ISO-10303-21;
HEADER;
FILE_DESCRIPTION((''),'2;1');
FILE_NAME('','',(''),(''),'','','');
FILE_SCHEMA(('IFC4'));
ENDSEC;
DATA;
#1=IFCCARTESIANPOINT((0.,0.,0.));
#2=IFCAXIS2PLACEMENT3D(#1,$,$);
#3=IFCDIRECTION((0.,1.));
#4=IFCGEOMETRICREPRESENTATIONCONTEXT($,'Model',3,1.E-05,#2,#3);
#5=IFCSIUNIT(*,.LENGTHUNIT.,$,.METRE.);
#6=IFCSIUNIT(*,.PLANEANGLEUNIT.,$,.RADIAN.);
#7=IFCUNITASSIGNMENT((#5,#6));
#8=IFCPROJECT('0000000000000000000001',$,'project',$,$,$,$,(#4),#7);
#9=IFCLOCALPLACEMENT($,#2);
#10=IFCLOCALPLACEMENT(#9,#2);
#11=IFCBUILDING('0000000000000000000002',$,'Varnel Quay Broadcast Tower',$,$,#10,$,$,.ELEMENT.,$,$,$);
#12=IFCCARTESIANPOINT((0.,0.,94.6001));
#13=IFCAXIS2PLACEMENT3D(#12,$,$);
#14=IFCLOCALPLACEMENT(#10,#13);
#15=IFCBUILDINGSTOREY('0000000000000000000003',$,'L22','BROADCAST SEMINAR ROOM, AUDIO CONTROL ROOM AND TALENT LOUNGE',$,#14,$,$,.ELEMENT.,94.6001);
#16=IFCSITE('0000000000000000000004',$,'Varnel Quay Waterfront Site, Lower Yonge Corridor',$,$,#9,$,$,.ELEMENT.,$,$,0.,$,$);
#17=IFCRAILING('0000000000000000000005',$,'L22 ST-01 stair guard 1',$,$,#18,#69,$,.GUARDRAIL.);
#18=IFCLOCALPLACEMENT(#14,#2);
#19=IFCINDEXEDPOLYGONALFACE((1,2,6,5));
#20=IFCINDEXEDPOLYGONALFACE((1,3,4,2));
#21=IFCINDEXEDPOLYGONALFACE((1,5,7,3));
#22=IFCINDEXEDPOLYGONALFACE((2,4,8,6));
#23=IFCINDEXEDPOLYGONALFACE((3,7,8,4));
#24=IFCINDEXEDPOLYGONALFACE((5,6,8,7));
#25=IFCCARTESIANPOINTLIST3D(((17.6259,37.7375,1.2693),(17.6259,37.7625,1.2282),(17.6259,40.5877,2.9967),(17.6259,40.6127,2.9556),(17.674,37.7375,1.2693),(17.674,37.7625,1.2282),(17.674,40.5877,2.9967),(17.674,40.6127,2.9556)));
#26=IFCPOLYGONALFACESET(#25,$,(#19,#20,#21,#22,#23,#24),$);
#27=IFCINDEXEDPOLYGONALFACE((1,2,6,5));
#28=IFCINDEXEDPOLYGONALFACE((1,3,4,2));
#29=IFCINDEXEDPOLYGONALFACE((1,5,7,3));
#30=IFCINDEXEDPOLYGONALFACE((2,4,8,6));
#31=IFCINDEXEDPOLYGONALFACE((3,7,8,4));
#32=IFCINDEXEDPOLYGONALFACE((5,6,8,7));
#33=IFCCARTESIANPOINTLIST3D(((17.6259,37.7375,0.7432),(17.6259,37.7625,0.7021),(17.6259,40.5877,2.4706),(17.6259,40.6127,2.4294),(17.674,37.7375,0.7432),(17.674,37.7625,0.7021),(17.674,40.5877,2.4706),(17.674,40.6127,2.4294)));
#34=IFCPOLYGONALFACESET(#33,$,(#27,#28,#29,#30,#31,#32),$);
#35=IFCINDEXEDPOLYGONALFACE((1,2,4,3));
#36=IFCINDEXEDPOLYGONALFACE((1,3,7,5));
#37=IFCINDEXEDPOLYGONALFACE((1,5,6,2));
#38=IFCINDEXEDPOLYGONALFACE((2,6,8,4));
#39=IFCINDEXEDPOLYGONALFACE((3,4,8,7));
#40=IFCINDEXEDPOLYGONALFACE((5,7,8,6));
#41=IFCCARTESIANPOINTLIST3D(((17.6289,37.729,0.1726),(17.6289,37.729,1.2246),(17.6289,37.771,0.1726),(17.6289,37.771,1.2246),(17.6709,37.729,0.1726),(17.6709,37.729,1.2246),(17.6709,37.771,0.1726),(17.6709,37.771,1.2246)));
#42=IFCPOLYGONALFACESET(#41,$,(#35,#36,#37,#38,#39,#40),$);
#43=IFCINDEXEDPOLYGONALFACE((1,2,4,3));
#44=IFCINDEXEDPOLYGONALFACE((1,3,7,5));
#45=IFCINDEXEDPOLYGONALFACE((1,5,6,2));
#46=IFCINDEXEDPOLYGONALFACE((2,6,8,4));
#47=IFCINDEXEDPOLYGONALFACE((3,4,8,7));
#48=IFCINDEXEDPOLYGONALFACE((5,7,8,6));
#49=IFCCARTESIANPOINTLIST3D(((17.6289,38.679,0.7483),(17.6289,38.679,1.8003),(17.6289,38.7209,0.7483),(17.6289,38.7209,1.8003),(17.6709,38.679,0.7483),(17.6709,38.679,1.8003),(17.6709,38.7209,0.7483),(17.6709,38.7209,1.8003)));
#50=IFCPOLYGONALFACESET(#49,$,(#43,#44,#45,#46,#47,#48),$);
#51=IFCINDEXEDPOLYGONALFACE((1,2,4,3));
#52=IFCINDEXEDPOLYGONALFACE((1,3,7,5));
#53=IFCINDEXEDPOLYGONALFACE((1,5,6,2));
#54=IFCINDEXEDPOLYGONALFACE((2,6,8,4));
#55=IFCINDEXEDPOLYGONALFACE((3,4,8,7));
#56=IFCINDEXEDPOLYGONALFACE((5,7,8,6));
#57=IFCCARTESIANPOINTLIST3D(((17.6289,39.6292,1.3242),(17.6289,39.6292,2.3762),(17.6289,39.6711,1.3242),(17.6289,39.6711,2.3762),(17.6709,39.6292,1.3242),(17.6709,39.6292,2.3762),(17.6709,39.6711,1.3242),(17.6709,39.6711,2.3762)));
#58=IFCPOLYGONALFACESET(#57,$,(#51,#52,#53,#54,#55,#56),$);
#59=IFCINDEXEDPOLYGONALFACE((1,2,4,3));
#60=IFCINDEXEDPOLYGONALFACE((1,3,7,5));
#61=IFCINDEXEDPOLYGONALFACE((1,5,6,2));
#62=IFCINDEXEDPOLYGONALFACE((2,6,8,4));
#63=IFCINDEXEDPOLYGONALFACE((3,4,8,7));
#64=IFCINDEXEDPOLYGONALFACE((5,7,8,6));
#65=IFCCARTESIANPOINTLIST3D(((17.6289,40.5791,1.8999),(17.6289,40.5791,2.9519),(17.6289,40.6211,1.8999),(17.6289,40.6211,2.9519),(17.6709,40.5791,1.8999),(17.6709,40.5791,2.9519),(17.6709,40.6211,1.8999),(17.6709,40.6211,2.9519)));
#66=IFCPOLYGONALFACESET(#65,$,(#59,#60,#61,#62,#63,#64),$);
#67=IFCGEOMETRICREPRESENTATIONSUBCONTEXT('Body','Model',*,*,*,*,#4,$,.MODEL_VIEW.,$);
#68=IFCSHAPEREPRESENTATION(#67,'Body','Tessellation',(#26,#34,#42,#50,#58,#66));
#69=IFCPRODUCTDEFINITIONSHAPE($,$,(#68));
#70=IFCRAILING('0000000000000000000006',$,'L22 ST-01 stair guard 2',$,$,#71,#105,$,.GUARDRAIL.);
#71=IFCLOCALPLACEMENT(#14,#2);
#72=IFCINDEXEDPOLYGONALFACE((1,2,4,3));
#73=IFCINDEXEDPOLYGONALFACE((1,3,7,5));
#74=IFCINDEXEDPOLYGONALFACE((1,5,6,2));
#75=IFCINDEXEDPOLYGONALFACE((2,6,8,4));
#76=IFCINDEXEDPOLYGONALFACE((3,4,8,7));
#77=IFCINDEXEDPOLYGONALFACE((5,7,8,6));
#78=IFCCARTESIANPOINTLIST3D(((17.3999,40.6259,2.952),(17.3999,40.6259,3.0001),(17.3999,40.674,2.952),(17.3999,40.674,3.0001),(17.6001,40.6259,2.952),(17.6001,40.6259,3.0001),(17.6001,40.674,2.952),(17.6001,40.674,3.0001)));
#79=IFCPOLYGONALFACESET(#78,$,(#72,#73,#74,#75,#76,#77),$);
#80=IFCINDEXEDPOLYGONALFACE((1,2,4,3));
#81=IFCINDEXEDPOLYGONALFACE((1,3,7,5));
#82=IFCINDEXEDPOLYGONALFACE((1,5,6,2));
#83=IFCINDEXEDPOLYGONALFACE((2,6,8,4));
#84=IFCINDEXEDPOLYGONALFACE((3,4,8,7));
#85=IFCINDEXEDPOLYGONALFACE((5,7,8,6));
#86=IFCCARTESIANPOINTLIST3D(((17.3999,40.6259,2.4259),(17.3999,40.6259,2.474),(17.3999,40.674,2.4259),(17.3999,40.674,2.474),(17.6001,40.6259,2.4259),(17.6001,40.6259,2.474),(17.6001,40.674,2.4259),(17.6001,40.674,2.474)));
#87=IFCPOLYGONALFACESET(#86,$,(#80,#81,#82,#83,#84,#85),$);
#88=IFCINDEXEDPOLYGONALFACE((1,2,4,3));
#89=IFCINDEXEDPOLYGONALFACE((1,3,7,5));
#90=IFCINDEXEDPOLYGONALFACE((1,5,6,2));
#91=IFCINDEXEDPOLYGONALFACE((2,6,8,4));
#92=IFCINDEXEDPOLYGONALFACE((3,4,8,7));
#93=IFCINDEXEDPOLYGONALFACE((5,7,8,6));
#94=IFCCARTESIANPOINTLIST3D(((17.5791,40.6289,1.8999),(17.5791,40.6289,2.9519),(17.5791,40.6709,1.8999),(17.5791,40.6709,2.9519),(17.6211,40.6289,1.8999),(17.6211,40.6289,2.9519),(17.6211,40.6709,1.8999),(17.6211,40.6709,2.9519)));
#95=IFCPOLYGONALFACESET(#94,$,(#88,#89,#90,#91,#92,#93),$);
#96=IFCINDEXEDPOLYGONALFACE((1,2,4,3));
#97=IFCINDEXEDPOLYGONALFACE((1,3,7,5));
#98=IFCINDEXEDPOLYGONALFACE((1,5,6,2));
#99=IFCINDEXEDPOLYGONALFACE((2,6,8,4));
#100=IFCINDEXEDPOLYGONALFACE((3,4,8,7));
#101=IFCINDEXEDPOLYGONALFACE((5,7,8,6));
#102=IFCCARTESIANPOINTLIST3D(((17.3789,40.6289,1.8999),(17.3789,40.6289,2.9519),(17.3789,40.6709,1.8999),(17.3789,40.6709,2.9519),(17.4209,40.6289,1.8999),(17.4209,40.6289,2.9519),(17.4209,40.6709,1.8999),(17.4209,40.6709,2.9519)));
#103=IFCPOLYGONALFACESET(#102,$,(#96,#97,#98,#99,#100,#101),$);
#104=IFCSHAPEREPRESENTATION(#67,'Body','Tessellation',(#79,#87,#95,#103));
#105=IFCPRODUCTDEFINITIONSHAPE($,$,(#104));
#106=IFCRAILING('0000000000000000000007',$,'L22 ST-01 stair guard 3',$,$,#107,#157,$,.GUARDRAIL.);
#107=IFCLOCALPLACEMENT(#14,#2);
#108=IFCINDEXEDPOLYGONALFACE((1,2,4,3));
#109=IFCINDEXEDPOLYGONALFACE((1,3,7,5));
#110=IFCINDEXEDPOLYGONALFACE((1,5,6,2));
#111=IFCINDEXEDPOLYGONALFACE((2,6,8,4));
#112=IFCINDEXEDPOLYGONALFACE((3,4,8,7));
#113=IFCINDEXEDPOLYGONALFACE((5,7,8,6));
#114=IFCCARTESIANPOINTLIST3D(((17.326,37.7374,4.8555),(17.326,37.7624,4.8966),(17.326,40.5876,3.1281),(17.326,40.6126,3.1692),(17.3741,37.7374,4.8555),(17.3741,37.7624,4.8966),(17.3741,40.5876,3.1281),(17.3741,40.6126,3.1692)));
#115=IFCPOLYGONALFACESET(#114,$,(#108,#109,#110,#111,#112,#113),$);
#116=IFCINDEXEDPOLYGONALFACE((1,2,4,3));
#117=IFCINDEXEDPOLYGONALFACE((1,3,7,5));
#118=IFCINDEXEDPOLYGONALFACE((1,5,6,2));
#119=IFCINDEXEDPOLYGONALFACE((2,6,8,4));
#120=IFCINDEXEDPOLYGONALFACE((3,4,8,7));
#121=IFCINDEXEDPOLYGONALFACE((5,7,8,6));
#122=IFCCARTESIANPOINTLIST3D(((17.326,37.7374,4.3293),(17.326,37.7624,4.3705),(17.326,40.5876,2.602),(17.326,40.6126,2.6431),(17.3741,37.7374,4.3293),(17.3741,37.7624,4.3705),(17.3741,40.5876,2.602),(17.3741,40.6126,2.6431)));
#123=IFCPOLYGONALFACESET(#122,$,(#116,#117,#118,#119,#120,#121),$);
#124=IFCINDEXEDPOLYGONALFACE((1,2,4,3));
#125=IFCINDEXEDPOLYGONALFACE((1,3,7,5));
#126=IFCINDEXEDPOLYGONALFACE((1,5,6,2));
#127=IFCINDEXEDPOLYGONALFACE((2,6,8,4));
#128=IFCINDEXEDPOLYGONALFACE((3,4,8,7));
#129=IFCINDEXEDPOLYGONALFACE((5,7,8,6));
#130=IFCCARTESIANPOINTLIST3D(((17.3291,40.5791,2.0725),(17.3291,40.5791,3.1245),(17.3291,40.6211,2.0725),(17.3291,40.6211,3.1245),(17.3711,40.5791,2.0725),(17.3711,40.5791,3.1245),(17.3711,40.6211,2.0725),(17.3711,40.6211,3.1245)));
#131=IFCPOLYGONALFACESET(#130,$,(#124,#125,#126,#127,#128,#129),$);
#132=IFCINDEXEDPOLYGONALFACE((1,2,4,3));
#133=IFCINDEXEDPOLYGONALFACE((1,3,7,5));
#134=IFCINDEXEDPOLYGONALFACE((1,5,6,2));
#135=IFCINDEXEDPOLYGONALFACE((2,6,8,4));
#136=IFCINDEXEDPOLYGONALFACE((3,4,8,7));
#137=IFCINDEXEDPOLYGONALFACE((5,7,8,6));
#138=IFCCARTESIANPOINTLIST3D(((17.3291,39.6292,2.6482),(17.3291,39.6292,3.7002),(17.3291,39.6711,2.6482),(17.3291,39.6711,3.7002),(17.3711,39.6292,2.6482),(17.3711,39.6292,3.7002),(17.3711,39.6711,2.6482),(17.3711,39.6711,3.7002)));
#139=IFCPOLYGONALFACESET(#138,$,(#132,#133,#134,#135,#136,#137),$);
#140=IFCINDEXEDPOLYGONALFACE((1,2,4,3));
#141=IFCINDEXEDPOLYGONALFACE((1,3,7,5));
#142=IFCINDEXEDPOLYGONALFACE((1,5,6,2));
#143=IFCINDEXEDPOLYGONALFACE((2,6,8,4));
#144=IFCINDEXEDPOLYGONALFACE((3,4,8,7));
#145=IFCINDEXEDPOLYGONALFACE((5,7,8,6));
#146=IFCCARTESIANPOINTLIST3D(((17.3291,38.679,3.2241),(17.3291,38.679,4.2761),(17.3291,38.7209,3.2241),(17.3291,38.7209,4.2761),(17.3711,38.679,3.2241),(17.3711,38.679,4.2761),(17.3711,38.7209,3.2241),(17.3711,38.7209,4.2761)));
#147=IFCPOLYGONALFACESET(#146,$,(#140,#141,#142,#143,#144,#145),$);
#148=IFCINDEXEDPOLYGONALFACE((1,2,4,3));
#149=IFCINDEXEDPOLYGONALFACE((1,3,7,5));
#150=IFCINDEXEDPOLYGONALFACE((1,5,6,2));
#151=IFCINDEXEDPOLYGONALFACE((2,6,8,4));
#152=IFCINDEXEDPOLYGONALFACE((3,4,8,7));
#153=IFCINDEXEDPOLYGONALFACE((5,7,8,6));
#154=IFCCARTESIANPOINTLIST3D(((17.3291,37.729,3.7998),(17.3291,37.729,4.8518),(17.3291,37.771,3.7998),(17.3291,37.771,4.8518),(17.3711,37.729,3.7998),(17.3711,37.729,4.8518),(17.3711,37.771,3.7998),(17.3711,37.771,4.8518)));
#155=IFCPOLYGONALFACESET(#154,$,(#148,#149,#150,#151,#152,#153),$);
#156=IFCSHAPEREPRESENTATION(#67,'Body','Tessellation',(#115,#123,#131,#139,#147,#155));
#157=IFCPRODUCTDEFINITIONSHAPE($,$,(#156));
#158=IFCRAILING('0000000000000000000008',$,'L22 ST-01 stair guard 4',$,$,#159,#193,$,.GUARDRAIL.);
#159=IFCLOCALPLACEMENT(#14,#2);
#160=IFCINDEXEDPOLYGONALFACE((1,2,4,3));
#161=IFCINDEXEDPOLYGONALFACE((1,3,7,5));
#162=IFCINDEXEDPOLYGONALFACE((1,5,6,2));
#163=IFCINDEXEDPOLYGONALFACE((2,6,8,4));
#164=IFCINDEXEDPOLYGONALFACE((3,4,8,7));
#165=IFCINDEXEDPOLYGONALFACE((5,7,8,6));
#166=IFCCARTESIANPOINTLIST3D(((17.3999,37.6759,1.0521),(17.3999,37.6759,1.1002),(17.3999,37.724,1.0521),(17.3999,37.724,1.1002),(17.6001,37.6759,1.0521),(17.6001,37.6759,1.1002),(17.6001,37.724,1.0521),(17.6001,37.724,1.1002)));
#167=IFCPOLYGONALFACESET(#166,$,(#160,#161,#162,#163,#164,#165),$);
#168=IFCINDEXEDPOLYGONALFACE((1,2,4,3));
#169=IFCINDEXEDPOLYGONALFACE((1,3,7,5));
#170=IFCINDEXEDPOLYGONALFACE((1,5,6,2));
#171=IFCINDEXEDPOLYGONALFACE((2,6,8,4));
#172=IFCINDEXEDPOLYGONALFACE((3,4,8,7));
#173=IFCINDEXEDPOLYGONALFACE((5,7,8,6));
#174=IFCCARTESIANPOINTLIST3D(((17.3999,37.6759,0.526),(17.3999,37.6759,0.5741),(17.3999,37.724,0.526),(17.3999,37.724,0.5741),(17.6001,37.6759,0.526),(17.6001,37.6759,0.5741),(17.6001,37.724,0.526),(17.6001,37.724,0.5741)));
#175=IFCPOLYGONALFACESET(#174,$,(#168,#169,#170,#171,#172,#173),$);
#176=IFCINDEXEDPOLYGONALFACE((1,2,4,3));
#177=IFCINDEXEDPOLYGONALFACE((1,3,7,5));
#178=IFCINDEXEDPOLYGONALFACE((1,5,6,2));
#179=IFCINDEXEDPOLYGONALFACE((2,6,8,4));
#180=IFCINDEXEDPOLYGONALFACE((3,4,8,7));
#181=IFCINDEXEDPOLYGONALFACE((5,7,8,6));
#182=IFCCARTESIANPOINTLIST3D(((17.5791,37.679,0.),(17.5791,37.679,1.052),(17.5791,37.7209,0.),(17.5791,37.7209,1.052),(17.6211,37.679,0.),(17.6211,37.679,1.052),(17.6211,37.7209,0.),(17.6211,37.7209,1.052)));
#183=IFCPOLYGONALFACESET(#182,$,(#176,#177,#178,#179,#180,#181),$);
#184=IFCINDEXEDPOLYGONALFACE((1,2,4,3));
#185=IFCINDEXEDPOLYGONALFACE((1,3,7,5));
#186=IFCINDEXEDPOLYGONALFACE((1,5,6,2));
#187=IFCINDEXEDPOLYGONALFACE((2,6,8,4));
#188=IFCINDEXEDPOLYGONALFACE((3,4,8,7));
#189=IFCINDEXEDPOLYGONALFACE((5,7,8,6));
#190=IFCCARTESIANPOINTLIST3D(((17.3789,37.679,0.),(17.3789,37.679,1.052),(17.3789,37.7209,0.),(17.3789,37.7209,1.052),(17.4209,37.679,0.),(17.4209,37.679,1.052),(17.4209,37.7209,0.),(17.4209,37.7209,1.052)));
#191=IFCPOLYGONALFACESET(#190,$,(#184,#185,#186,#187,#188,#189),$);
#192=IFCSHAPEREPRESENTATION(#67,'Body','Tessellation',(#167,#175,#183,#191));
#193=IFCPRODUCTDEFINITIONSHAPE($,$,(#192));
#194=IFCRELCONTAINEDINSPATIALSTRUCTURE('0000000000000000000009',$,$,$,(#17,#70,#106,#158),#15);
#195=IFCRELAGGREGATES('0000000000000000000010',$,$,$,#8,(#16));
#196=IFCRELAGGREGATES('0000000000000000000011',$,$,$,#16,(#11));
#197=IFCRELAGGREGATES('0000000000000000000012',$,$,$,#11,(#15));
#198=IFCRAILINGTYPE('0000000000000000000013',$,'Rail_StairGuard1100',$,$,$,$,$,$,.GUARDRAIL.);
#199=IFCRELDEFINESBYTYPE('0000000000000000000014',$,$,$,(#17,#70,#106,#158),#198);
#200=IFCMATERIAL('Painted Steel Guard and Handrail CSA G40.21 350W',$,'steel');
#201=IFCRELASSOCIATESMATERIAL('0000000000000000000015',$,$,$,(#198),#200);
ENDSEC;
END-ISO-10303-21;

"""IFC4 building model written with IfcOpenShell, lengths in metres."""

from ifc_helpers import new_model, si_unit, direction, frame, origin, origin_2d, place, context, subcontext, project, spatial, rectangle, extrude, material, type_object, element, save


model = new_model("IFC4")

# Units and contexts
model_context = context("Model", 3, precision=1e-05, world=origin(), true_north=direction((0.0, 1.0)))
body_context = subcontext(model_context, "Body", "Model", "MODEL_VIEW")
ifc_project = project(units=[si_unit("LENGTHUNIT", "METRE"), si_unit("PLANEANGLEUNIT", "RADIAN")], contexts=[model_context])

# Site, building, storey
site_placement = place(None, origin())
site = spatial("IfcSite", under=ifc_project, at=site_placement, Name="Varnel Quay Waterfront Site, Lower Yonge Corridor", CompositionType="ELEMENT", RefElevation=0.0)
building_placement = place(site_placement, origin())
building = spatial("IfcBuilding", under=site, at=building_placement, Name="Varnel Quay Broadcast Tower", CompositionType="ELEMENT")
storey_placement = place(building_placement, frame((0.0, 0.0, 94.6001)))
storey = spatial("IfcBuildingStorey", under=building, at=storey_placement, Name="L22", Description="BROADCAST SEMINAR ROOM, AUDIO CONTROL ROOM AND TALENT LOUNGE", CompositionType="ELEMENT", Elevation=94.6001)

# Railings
ifc_material_1 = material(Name="Painted Steel Guard and Handrail CSA G40.21 350W", Category="steel")
railing_type_1 = type_object("IfcRailingType", Name="Rail_StairGuard1100", PredefinedType="GUARDRAIL", material=ifc_material_1)
railing_1_placement = place(storey_placement, frame((17.6499, 37.75, 0.1726)))
element("IfcRailing", 1, at=railing_1_placement, inside=storey, type_object=railing_type_1, Name="L22 ST-01 stair guard 1", PredefinedType="GUARDRAIL", context=body_context, shape_type="SweptSolid", body=[
    extrude(rectangle(XDim=0.0481, YDim=0.0481, at=origin_2d()), frame((0.0, 0.0, 1.0762), z_axis=(0.0, 0.855203, 0.518294), x_axis=(-1.0, 0.0, 0.0)), (0.0, 0.0, 1.0), 3.3328),
    extrude(rectangle(XDim=0.0481, YDim=0.0481, at=origin_2d()), frame((0.0, 0.0, 0.55), z_axis=(0.0, 0.855203, 0.518294), x_axis=(-1.0, 0.0, 0.0)), (0.0, 0.0, 1.0), 3.3328),
    extrude(rectangle(XDim=0.042, YDim=0.042, at=origin_2d()), origin(), (0.0, 0.0, 1.0), 1.052),
    extrude(rectangle(XDim=0.042, YDim=0.042, at=origin_2d()), frame((0.0, 0.95, 0.5757)), (0.0, 0.0, 1.0), 1.052),
    extrude(rectangle(XDim=0.042, YDim=0.042, at=origin_2d()), frame((0.0, 1.9001, 1.1516)), (0.0, 0.0, 1.0), 1.052),
    extrude(rectangle(XDim=0.042, YDim=0.042, at=origin_2d()), frame((0.0, 2.8501, 1.7273)), (0.0, 0.0, 1.0), 1.052),
])
railing_2_placement = place(storey_placement, frame((17.6001, 40.6499, 1.8999)))
element("IfcRailing", 2, at=railing_2_placement, inside=storey, type_object=railing_type_1, Name="L22 ST-01 stair guard 2", PredefinedType="GUARDRAIL", context=body_context, shape_type="SweptSolid", body=[
    extrude(rectangle(XDim=0.0481, YDim=0.0481, at=origin_2d()), frame((0.0, 0.0, 1.0762), z_axis=(-1.0, 0.0, 0.0), x_axis=(0.0, -1.0, 0.0)), (0.0, 0.0, 1.0), 0.2002),
    extrude(rectangle(XDim=0.0481, YDim=0.0481, at=origin_2d()), frame((0.0, 0.0, 0.55), z_axis=(-1.0, 0.0, 0.0), x_axis=(0.0, -1.0, 0.0)), (0.0, 0.0, 1.0), 0.2002),
    extrude(rectangle(XDim=0.042, YDim=0.042, at=origin_2d()), origin(), (0.0, 0.0, 1.0), 1.052),
    extrude(rectangle(XDim=0.042, YDim=0.042, at=origin_2d()), frame((-0.2002, 0.0, 0.0)), (0.0, 0.0, 1.0), 1.052),
])
railing_3_placement = place(storey_placement, frame((17.3501, 40.6001, 2.0725)))
element("IfcRailing", 3, at=railing_3_placement, inside=storey, type_object=railing_type_1, Name="L22 ST-01 stair guard 3", PredefinedType="GUARDRAIL", context=body_context, shape_type="SweptSolid", body=[
    extrude(rectangle(XDim=0.0481, YDim=0.0481, at=origin_2d()), frame((0.0, 0.0, 1.0762), z_axis=(0.0, -0.855203, 0.518294), x_axis=(1.0, 0.0, 0.0)), (0.0, 0.0, 1.0), 3.3328),
    extrude(rectangle(XDim=0.0481, YDim=0.0481, at=origin_2d()), frame((0.0, 0.0, 0.55), z_axis=(0.0, -0.855203, 0.518294), x_axis=(1.0, 0.0, 0.0)), (0.0, 0.0, 1.0), 3.3328),
    extrude(rectangle(XDim=0.042, YDim=0.042, at=origin_2d()), origin(), (0.0, 0.0, 1.0), 1.052),
    extrude(rectangle(XDim=0.042, YDim=0.042, at=origin_2d()), frame((0.0, -0.95, 0.5757)), (0.0, 0.0, 1.0), 1.052),
    extrude(rectangle(XDim=0.042, YDim=0.042, at=origin_2d()), frame((0.0, -1.9001, 1.1516)), (0.0, 0.0, 1.0), 1.052),
    extrude(rectangle(XDim=0.042, YDim=0.042, at=origin_2d()), frame((0.0, -2.8501, 1.7273)), (0.0, 0.0, 1.0), 1.052),
])
railing_4_placement = place(storey_placement, frame((17.6001, 37.7, 0.0)))
element("IfcRailing", 4, at=railing_4_placement, inside=storey, type_object=railing_type_1, Name="L22 ST-01 stair guard 4", PredefinedType="GUARDRAIL", context=body_context, shape_type="SweptSolid", body=[
    extrude(rectangle(XDim=0.0481, YDim=0.0481, at=origin_2d()), frame((0.0, 0.0, 1.0762), z_axis=(-1.0, 0.0, 0.0), x_axis=(0.0, -1.0, 0.0)), (0.0, 0.0, 1.0), 0.2002),
    extrude(rectangle(XDim=0.0481, YDim=0.0481, at=origin_2d()), frame((0.0, 0.0, 0.55), z_axis=(-1.0, 0.0, 0.0), x_axis=(0.0, -1.0, 0.0)), (0.0, 0.0, 1.0), 0.2002),
    extrude(rectangle(XDim=0.042, YDim=0.042, at=origin_2d()), origin(), (0.0, 0.0, 1.0), 1.052),
    extrude(rectangle(XDim=0.042, YDim=0.042, at=origin_2d()), frame((-0.2002, 0.0, 0.0)), (0.0, 0.0, 1.0), 1.052),
])

save(model, "model.ifc")
